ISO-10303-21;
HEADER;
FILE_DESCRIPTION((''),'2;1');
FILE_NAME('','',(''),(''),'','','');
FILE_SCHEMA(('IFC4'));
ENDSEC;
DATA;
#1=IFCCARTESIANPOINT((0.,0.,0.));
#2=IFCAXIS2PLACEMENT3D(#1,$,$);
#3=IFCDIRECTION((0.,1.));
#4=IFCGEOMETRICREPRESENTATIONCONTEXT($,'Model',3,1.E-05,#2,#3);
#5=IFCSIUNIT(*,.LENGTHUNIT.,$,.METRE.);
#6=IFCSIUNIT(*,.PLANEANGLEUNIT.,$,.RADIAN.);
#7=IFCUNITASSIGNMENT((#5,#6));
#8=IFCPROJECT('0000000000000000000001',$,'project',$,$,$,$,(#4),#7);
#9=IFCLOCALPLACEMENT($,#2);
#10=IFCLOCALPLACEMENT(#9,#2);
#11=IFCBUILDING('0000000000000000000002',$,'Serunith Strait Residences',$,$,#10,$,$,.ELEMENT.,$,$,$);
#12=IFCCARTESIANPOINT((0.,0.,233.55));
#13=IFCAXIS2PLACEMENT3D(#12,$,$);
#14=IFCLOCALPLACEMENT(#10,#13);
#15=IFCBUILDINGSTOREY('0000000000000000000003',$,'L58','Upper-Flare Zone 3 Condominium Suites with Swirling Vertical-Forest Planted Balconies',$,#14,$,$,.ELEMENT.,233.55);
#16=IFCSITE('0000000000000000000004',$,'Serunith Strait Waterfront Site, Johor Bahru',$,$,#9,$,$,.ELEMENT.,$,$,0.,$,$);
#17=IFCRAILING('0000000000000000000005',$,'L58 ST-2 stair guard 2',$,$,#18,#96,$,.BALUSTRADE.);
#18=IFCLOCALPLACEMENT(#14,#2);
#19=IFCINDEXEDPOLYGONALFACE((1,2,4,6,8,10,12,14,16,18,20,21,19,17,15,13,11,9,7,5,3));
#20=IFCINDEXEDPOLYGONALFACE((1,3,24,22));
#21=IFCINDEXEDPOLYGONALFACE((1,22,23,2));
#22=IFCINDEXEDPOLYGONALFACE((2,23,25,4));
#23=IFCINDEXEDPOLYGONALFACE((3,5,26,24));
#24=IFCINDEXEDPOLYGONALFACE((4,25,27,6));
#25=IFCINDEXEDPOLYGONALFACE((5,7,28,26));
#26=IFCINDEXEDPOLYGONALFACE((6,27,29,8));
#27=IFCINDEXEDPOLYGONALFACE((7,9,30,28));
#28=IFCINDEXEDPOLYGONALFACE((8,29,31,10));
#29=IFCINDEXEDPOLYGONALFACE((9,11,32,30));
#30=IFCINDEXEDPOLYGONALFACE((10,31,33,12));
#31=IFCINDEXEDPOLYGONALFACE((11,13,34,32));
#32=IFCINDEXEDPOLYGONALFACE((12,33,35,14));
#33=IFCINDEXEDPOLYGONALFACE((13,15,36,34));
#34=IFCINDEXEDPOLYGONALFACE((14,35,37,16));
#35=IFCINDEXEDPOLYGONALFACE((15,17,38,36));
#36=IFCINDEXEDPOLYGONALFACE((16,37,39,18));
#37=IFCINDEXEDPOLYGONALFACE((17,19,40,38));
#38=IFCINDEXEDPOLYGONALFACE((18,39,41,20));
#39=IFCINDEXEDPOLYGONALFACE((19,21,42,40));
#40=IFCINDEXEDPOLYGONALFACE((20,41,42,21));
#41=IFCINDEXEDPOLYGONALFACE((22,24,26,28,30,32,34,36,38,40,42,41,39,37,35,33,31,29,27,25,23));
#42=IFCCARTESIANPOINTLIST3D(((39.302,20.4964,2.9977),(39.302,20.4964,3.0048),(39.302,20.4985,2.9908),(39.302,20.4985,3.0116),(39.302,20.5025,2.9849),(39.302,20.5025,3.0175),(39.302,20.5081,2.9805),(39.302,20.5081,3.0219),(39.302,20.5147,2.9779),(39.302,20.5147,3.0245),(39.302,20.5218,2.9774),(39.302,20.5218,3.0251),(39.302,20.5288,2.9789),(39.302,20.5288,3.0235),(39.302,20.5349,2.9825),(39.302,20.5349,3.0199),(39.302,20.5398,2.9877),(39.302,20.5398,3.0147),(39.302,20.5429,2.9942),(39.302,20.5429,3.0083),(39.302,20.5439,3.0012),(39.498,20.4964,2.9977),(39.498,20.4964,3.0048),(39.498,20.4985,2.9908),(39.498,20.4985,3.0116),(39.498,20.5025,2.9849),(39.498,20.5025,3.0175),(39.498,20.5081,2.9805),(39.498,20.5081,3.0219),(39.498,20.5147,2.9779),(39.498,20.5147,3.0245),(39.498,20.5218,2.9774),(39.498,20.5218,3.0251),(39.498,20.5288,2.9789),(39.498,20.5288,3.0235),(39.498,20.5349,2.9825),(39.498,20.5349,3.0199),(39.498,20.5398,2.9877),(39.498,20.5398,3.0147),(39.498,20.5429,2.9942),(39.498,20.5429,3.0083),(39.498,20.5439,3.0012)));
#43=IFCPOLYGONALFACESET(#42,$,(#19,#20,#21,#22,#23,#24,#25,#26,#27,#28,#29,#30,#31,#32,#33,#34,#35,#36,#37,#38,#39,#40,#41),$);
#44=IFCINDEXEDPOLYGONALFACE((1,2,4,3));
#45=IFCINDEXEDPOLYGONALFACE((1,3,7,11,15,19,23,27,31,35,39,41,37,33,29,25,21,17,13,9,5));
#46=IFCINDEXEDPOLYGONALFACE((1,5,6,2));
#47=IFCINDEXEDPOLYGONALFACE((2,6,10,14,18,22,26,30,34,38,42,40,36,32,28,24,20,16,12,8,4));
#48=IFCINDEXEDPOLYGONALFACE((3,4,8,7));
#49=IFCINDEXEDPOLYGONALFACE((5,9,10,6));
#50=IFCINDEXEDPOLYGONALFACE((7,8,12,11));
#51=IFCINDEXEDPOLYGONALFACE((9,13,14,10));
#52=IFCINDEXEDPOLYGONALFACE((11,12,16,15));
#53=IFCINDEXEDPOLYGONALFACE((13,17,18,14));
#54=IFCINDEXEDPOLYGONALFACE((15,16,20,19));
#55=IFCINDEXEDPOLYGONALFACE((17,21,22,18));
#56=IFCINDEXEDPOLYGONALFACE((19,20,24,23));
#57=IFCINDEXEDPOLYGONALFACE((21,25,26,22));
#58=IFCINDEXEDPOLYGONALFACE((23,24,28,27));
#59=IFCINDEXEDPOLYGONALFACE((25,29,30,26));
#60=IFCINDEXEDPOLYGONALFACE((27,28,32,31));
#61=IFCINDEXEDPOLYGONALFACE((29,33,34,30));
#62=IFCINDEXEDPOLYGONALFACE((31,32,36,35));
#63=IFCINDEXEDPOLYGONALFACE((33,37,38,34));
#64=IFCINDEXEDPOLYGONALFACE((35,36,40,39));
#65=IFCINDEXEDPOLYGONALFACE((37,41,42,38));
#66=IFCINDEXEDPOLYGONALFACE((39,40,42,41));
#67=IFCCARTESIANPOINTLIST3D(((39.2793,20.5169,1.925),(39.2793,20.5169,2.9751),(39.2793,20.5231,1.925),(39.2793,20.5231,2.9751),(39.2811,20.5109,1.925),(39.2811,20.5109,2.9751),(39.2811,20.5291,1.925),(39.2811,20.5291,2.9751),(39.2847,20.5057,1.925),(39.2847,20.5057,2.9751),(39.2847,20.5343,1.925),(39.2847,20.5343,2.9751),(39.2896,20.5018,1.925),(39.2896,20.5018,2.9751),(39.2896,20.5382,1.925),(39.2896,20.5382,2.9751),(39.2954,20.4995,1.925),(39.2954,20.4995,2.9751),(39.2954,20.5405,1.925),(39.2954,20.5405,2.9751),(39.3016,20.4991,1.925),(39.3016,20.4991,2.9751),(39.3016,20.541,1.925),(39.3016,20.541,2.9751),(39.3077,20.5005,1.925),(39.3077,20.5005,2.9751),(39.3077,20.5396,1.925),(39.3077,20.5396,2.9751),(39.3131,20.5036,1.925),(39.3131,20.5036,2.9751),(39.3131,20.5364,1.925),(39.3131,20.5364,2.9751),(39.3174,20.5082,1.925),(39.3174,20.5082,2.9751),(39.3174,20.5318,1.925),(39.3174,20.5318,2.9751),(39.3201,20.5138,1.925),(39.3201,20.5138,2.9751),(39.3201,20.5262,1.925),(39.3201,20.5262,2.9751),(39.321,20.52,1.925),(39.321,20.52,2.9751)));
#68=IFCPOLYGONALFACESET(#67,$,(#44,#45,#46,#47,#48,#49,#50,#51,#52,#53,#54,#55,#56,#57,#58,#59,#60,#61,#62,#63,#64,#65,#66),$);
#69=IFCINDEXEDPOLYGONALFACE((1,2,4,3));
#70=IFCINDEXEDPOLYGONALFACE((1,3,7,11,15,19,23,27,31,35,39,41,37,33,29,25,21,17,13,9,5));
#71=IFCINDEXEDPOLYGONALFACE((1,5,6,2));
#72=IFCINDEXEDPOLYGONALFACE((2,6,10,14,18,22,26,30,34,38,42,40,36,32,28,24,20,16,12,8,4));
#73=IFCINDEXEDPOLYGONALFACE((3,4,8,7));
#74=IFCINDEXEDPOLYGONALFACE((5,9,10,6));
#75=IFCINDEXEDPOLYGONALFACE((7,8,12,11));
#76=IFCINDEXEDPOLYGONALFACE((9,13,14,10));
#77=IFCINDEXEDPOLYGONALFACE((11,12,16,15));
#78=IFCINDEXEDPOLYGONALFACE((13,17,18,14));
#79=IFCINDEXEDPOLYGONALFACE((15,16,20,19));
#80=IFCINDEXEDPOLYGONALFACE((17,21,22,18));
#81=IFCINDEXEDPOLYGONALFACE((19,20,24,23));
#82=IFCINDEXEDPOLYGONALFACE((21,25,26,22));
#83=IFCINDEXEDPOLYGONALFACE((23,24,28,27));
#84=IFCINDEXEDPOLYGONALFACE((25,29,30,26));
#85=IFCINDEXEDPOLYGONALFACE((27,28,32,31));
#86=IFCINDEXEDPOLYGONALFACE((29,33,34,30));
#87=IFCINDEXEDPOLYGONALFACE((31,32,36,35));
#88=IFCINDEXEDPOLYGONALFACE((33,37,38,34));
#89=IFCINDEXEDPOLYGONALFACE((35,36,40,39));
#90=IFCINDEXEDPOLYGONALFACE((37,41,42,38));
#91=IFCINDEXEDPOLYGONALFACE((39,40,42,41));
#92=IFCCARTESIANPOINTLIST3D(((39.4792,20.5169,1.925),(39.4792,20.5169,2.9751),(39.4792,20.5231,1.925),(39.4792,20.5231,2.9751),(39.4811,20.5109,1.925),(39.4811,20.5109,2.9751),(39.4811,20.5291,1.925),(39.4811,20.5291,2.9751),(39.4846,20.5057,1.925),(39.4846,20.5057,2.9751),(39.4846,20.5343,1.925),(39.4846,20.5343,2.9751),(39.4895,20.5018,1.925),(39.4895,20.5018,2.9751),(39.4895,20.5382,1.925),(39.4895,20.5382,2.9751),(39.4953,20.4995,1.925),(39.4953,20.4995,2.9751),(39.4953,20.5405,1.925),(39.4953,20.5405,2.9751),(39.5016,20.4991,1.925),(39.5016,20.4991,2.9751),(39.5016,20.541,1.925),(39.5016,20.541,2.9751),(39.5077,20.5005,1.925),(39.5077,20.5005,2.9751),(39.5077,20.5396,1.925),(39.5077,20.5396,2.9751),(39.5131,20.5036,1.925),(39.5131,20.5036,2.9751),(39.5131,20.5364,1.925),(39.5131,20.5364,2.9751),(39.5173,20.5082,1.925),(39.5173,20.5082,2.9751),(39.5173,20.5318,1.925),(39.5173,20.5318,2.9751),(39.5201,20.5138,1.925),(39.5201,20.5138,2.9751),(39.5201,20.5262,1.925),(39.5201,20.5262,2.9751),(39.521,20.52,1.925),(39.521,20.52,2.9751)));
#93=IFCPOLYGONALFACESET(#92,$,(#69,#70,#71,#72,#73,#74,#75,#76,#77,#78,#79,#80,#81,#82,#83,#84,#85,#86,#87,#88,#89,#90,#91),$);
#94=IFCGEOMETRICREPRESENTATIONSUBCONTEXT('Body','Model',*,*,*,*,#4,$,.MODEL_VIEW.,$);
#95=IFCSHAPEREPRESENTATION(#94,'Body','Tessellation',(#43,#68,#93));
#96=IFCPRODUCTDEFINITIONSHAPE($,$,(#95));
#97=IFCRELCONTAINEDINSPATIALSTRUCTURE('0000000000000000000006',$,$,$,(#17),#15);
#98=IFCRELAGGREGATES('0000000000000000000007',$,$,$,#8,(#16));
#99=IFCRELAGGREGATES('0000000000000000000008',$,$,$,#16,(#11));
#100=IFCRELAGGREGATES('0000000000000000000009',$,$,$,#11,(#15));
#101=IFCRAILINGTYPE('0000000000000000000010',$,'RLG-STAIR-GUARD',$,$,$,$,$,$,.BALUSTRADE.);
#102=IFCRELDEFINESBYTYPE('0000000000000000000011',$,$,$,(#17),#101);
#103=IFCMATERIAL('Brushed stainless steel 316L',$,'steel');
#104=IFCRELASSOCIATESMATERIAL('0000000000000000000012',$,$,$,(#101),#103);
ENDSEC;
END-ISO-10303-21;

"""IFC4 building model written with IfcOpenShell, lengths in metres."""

from ifc_helpers import new_model, si_unit, direction, frame, origin, origin_2d, place, context, subcontext, project, spatial, circle, extrude, material, type_object, element, save


model = new_model("IFC4")

# Units and contexts
model_context = context("Model", 3, precision=1e-05, world=origin(), true_north=direction((0.0, 1.0)))
body_context = subcontext(model_context, "Body", "Model", "MODEL_VIEW")
ifc_project = project(units=[si_unit("LENGTHUNIT", "METRE"), si_unit("PLANEANGLEUNIT", "RADIAN")], contexts=[model_context])

# Site, building, storey
site_placement = place(None, origin())
site = spatial("IfcSite", under=ifc_project, at=site_placement, Name="Serunith Strait Waterfront Site, Johor Bahru", CompositionType="ELEMENT", RefElevation=0.0)
building_placement = place(site_placement, origin())
building = spatial("IfcBuilding", under=site, at=building_placement, Name="Serunith Strait Residences", CompositionType="ELEMENT")
storey_placement = place(building_placement, frame((0.0, 0.0, 233.55)))
storey = spatial("IfcBuildingStorey", under=building, at=storey_placement, Name="L58", Description="Upper-Flare Zone 3 Condominium Suites with Swirling Vertical-Forest Planted Balconies", CompositionType="ELEMENT", Elevation=233.55)

# Railing
ifc_material_1 = material(Name="Brushed stainless steel 316L", Category="steel")
railing_type_1 = type_object("IfcRailingType", Name="RLG-STAIR-GUARD", PredefinedType="BALUSTRADE", material=ifc_material_1)
railing_1_placement = place(storey_placement, frame((39.3, 20.52, 1.925)))
element("IfcRailing", 1, at=railing_1_placement, inside=storey, type_object=railing_type_1, Name="L58 ST-2 stair guard 2", PredefinedType="BALUSTRADE", context=body_context, shape_type="SweptSolid", body=[
    extrude(circle(Radius=0.0239, at=origin_2d()), frame((0.002, 0.0, 1.0762), z_axis=(1.0, 0.0, 0.0), x_axis=(0.0, 1.0, 0.0)), (0.0, 0.0, 1.0), 0.196),
    extrude(circle(Radius=0.021, at=origin_2d()), origin(), (0.0, 0.0, 1.0), 1.05),
    extrude(circle(Radius=0.021, at=origin_2d()), frame((0.2, 0.0, 0.0)), (0.0, 0.0, 1.0), 1.05),
])

save(model, "model.ifc")
